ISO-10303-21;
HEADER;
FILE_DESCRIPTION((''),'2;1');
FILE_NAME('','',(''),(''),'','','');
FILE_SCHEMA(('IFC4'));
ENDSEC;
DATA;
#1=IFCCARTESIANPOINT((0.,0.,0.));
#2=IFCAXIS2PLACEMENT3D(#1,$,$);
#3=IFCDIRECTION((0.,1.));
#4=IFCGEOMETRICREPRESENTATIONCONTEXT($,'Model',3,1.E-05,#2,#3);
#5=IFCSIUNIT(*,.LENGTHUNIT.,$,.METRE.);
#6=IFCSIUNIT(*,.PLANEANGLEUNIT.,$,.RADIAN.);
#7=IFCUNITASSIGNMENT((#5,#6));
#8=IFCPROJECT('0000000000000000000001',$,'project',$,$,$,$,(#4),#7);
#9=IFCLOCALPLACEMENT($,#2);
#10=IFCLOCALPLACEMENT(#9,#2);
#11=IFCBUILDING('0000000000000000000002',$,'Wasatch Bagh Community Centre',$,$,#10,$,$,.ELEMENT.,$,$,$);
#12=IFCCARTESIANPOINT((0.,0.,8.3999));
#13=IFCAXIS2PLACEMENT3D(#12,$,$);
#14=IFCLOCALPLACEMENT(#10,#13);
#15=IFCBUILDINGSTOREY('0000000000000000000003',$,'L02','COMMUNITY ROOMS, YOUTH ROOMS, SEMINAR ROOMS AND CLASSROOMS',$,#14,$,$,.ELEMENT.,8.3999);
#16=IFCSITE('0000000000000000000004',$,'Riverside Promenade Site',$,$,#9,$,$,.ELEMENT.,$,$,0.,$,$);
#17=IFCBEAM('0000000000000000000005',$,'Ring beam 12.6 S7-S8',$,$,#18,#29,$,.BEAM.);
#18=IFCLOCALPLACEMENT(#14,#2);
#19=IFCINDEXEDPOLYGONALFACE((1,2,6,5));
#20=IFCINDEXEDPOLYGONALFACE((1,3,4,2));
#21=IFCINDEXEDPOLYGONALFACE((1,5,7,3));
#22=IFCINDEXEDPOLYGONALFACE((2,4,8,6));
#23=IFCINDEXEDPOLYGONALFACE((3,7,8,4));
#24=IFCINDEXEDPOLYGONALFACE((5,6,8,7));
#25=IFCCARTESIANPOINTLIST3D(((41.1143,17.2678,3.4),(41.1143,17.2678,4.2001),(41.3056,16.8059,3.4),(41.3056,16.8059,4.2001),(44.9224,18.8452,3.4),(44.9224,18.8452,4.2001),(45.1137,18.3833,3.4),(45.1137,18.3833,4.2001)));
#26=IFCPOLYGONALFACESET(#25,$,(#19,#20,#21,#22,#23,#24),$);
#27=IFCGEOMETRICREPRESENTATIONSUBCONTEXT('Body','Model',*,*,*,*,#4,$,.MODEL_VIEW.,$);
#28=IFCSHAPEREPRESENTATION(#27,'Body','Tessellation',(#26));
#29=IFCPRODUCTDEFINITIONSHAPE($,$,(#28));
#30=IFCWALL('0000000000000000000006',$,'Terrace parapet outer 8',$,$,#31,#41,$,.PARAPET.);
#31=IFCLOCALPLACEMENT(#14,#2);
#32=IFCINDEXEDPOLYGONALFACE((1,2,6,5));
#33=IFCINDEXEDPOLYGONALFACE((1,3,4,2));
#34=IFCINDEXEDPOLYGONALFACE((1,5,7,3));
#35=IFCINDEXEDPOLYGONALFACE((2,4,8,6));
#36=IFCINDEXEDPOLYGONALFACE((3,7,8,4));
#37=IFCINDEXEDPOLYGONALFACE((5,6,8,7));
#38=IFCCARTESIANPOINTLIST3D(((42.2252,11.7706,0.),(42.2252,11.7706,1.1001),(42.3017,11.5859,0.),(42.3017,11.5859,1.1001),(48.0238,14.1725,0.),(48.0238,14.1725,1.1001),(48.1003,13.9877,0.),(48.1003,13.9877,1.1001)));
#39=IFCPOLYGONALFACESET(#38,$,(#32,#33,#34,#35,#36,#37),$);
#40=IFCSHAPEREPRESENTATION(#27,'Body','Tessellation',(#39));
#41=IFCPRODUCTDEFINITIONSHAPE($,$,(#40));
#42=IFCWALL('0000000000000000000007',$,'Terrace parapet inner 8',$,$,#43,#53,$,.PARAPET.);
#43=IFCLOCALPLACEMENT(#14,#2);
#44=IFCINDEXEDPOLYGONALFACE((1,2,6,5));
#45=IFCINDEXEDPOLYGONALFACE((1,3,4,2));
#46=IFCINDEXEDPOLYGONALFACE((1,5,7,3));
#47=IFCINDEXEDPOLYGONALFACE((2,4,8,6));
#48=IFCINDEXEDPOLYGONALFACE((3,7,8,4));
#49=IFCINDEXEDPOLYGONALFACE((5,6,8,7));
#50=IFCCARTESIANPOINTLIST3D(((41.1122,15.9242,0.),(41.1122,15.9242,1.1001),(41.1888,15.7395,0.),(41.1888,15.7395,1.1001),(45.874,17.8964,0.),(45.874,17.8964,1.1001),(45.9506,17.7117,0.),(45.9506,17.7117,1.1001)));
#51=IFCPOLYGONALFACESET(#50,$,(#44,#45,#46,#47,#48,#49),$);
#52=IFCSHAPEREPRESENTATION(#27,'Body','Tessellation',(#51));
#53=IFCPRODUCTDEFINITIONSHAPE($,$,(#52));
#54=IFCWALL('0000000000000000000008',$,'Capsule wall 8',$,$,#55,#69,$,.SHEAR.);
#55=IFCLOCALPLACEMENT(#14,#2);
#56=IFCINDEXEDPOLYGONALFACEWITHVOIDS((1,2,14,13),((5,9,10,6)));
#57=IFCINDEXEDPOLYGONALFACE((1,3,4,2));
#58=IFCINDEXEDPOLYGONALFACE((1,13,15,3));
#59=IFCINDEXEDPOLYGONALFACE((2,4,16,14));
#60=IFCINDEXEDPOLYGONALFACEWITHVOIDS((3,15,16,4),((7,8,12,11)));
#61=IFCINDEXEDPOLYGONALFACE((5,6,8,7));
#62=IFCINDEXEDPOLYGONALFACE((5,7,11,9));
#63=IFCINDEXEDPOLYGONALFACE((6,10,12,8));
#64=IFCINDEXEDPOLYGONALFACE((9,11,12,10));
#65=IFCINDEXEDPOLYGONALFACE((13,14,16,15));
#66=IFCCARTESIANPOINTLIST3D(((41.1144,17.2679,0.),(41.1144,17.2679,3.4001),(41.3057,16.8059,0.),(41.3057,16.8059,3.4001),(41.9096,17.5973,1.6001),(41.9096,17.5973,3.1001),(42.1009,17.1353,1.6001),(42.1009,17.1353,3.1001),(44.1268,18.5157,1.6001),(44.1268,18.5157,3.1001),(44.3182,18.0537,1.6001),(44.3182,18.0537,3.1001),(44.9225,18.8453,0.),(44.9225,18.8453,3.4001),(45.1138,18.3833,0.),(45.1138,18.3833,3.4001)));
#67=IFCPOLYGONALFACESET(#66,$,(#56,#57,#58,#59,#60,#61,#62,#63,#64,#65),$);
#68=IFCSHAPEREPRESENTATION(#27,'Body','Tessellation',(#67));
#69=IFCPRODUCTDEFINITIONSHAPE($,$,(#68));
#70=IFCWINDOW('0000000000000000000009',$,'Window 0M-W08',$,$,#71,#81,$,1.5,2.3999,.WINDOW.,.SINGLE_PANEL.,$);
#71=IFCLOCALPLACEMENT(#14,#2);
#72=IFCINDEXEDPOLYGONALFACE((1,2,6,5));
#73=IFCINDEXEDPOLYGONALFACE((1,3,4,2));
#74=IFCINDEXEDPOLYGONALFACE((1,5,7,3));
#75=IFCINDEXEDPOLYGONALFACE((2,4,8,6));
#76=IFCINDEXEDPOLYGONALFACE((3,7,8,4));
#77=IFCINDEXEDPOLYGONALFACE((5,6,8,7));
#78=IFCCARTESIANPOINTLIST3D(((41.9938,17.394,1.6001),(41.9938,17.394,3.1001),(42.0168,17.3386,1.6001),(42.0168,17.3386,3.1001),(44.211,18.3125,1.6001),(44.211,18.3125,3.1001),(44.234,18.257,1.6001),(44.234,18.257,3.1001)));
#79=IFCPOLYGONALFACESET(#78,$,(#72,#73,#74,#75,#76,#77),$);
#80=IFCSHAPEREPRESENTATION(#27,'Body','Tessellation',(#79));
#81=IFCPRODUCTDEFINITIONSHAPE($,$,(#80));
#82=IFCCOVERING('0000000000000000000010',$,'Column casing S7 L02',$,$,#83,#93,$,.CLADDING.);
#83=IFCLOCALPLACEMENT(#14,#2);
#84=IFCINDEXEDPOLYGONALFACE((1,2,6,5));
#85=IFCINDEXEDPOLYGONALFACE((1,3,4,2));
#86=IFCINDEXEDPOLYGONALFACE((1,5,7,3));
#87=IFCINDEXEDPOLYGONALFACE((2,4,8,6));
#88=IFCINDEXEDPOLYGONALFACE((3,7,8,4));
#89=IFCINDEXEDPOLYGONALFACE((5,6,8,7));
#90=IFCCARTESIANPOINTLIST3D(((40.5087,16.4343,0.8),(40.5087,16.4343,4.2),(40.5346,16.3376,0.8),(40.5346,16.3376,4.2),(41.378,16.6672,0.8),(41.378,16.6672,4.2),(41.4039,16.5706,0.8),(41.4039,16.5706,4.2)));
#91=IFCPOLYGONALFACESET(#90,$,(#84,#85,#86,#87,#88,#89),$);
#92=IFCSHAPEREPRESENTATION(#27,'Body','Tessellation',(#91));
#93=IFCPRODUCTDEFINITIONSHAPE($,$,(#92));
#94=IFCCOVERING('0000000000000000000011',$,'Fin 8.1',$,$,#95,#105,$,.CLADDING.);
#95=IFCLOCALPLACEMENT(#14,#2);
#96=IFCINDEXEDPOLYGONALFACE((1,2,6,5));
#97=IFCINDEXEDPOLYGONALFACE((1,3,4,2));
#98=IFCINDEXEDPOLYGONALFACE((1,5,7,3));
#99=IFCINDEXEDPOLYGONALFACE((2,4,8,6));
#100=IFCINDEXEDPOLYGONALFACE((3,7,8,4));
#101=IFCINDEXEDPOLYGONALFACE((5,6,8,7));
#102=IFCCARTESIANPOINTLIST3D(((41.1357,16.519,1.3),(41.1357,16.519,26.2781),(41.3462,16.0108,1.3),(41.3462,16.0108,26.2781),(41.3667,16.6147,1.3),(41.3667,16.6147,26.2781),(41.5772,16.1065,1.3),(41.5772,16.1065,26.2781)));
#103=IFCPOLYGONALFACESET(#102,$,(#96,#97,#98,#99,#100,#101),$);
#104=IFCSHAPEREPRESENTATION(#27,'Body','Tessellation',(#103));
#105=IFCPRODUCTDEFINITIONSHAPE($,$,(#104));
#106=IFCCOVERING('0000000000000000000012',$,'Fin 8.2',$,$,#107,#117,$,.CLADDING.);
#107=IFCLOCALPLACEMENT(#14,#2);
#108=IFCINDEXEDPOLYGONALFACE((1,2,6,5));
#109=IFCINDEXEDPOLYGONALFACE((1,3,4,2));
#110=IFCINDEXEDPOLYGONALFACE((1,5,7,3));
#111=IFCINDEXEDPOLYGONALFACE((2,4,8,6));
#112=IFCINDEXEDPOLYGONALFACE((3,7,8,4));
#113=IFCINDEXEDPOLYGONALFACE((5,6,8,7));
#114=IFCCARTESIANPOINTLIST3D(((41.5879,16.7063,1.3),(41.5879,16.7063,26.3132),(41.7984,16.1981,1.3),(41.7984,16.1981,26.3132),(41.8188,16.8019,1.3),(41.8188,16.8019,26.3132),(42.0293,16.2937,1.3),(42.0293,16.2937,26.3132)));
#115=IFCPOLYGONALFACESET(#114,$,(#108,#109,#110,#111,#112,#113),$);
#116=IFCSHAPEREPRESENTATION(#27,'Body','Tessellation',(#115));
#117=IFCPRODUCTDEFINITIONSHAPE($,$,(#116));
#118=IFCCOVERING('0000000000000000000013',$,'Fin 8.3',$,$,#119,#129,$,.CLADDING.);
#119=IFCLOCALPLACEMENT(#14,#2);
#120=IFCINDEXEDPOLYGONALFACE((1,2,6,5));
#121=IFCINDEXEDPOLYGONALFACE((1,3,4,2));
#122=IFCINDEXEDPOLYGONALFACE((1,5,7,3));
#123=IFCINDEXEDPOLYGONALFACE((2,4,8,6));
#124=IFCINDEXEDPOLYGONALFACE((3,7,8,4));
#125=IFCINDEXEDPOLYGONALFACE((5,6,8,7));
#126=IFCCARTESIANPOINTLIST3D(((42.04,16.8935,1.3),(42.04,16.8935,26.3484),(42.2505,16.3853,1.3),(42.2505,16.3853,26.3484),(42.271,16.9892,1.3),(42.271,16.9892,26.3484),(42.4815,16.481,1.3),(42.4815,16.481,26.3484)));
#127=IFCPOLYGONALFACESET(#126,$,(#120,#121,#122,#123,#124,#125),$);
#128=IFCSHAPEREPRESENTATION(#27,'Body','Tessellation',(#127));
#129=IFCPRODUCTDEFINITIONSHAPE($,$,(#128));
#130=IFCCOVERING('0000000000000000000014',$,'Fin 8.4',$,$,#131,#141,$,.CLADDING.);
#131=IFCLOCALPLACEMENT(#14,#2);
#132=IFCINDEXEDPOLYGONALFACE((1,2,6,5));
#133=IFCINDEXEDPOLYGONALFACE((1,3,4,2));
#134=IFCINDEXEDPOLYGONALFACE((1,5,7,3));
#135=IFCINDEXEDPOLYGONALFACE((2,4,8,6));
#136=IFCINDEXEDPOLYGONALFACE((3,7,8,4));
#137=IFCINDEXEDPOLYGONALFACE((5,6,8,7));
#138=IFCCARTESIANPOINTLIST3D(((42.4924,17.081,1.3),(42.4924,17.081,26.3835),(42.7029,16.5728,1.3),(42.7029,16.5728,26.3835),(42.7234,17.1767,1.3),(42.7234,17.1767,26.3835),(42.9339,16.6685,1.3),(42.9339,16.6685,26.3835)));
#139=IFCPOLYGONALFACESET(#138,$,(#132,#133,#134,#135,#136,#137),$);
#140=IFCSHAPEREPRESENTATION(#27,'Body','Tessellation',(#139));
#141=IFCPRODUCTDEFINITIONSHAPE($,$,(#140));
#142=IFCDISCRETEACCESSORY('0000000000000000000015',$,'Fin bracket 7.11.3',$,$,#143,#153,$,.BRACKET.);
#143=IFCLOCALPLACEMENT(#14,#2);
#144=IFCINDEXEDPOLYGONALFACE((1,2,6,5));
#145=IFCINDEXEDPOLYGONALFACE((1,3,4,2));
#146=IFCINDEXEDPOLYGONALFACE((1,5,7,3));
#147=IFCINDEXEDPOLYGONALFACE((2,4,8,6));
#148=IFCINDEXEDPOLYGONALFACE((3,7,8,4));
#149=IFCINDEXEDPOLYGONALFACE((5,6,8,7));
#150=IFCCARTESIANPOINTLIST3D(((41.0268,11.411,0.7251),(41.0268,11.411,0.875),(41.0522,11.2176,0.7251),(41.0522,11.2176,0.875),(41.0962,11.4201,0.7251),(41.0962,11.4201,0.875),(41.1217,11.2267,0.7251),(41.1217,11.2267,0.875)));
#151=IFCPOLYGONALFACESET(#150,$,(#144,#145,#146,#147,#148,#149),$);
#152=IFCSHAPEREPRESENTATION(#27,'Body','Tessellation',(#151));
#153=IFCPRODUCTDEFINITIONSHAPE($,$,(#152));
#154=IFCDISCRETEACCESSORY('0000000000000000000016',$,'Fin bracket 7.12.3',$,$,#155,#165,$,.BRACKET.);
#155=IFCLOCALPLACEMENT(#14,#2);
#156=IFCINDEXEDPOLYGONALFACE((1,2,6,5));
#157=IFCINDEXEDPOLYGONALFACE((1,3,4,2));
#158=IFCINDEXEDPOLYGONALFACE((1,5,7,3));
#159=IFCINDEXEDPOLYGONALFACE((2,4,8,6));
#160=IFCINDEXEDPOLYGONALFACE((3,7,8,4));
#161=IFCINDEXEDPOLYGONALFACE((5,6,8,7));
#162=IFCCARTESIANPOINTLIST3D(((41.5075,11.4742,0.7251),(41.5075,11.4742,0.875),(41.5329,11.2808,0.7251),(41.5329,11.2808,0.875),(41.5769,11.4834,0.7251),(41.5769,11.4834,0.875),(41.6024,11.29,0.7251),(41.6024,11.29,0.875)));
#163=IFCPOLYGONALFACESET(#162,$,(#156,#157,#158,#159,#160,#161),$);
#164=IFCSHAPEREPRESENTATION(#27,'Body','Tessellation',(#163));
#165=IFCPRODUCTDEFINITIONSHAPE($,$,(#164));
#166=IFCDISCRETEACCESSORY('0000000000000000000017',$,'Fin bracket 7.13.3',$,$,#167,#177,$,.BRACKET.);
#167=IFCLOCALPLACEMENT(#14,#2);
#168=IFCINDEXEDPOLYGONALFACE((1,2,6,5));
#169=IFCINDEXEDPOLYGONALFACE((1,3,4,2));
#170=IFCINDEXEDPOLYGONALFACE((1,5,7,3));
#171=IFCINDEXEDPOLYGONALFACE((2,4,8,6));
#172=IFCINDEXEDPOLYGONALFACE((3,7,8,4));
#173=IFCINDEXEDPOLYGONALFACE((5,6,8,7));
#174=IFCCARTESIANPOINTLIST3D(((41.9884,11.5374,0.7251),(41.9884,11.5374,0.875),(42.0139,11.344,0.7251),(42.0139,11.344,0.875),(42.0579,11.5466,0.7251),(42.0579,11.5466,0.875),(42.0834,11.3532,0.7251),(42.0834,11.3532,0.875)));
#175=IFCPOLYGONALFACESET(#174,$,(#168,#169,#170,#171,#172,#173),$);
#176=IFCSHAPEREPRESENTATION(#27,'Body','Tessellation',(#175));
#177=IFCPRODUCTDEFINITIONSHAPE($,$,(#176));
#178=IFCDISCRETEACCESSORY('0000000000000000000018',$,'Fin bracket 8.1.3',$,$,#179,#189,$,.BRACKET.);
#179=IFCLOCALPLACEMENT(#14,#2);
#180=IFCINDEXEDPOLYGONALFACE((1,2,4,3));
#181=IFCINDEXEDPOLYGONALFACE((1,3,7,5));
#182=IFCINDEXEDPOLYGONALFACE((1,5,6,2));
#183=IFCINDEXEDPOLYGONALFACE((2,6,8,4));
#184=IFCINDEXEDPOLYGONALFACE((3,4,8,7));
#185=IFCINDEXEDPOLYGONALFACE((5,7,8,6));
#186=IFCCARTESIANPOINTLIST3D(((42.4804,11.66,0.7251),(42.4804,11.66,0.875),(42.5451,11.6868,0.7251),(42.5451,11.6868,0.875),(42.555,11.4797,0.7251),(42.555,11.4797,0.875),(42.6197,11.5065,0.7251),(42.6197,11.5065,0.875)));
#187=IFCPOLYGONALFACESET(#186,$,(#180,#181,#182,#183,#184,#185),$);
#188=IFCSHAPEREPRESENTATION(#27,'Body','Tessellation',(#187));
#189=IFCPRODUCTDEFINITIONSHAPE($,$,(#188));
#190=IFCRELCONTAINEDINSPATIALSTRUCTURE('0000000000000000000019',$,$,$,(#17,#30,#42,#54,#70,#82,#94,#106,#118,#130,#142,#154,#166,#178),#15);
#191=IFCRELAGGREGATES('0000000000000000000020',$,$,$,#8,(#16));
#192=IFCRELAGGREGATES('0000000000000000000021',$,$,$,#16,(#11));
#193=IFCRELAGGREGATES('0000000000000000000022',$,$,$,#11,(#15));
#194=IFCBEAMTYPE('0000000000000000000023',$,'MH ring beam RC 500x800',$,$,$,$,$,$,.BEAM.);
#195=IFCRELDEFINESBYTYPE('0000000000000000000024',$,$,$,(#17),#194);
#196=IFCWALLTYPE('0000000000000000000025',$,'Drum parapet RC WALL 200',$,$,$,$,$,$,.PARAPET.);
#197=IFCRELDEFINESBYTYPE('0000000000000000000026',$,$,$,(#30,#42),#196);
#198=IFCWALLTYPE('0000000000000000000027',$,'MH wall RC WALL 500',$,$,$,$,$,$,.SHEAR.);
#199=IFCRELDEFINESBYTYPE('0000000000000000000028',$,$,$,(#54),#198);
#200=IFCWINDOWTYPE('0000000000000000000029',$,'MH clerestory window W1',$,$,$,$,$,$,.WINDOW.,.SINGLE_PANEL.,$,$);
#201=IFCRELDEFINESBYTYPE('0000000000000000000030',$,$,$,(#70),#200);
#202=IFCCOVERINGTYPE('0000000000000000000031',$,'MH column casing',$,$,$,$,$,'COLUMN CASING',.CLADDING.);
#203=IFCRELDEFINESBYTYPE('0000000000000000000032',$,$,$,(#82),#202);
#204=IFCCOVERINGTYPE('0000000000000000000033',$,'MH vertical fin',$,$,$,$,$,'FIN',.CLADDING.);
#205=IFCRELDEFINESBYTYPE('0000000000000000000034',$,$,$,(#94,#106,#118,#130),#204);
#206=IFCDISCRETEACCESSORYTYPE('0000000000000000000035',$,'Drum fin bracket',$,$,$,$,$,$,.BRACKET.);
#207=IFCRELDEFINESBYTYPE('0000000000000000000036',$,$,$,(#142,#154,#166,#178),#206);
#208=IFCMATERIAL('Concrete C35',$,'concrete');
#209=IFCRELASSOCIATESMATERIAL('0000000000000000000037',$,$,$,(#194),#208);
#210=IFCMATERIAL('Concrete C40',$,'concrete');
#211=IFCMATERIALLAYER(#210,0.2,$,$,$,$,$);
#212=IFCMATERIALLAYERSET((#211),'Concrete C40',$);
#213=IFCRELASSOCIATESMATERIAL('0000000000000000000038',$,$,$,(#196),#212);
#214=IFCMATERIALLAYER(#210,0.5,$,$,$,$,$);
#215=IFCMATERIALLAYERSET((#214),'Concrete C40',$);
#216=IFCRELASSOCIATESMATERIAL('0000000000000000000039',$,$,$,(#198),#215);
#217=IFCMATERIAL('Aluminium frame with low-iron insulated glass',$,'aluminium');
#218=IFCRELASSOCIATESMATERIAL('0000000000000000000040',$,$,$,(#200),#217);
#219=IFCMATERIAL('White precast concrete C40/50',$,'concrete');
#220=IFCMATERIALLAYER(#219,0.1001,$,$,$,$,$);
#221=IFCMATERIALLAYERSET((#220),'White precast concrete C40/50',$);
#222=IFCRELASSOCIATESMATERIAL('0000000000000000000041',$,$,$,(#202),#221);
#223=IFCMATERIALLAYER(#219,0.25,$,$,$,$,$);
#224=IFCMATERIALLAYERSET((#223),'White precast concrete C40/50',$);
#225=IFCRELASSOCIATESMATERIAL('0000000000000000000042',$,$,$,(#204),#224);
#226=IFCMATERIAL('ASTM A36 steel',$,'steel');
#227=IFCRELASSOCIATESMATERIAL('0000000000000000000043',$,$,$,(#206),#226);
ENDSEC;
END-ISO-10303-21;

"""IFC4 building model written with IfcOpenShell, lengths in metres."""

from ifc_helpers import new_model, si_unit, direction, frame, frame_2d, origin, origin_2d, place, context, subcontext, project, spatial, rectangle, extrude, material, layer, layer_set, material_profile, profile_set, type_object, element, fill, save


model = new_model("IFC4")

# Units and contexts
model_context = context("Model", 3, precision=1e-05, world=origin(), true_north=direction((0.0, 1.0)))
body_context = subcontext(model_context, "Body", "Model", "MODEL_VIEW")
ifc_project = project(units=[si_unit("LENGTHUNIT", "METRE"), si_unit("PLANEANGLEUNIT", "RADIAN")], contexts=[model_context])

# Site, building, storey
site_placement = place(None, origin())
site = spatial("IfcSite", under=ifc_project, at=site_placement, Name="Riverside Promenade Site", CompositionType="ELEMENT", RefElevation=0.0)
building_placement = place(site_placement, origin())
building = spatial("IfcBuilding", under=site, at=building_placement, Name="Wasatch Bagh Community Centre", CompositionType="ELEMENT")
storey_placement = place(building_placement, frame((0.0, 0.0, 8.3999)))
storey = spatial("IfcBuildingStorey", under=building, at=storey_placement, Name="L02", Description="COMMUNITY ROOMS, YOUTH ROOMS, SEMINAR ROOMS AND CLASSROOMS", CompositionType="ELEMENT", Elevation=8.3999)

# Beam
ifc_material_1 = material(Name="Concrete C35", Category="concrete")
ifc_material_profile = material_profile(ifc_material_1, rectangle(XDim=0.5, YDim=0.8, at=origin_2d()), Name="RC 500x800")
ifc_profile_set = profile_set([ifc_material_profile], Name="Concrete C35")
beam_type = type_object("IfcBeamType", Name="MH ring beam RC 500x800", PredefinedType="BEAM", material=ifc_profile_set)
beam_placement = place(storey_placement, frame((41.21, 17.0369, 3.8), z_axis=(0.923878, 0.382688, 0.0), x_axis=(-0.382688, 0.923878, 0.0)))
element("IfcBeam", 1, at=beam_placement, inside=storey, type_object=beam_type, Name="Ring beam 12.6 S7-S8", PredefinedType="BEAM", context=body_context, shape_type="SweptSolid", body=[
    extrude(rectangle(XDim=0.5, YDim=0.8, at=origin_2d()), origin(), (0.0, 0.0, 1.0), 4.1218),
])

# Walls
ifc_material_2 = material(Name="Concrete C40", Category="concrete")
ifc_layer_1 = layer(ifc_material_2, 0.2)
ifc_layer_set_1 = layer_set([ifc_layer_1], Name="Concrete C40")
wall_type_1 = type_object("IfcWallType", Name="Drum parapet RC WALL 200", PredefinedType="PARAPET", material=ifc_layer_set_1)
wall_1_placement = place(storey_placement, frame((42.2634, 11.6782, 0.0), z_axis=(0.0, 0.0, 1.0), x_axis=(0.923879, 0.382684, 0.0)))
element("IfcWall", 2, at=wall_1_placement, inside=storey, type_object=wall_type_1, Name="Terrace parapet outer 8", PredefinedType="PARAPET", context=body_context, shape_type="SweptSolid", body=[
    extrude(rectangle(XDim=6.2764, YDim=0.2, at=frame_2d((3.1382, 0.0))), origin(), (0.0, 0.0, 1.0), 1.1001),
])
wall_2_placement = place(storey_placement, frame((41.1504, 15.8318, 0.0), z_axis=(0.0, 0.0, 1.0), x_axis=(0.923893, 0.38265, 0.0)))
element("IfcWall", 3, at=wall_2_placement, inside=storey, type_object=wall_type_1, Name="Terrace parapet inner 8", PredefinedType="PARAPET", context=body_context, shape_type="SweptSolid", body=[
    extrude(rectangle(XDim=5.1541, YDim=0.2, at=frame_2d((2.5771, 0.0))), origin(), (0.0, 0.0, 1.0), 1.1001),
])

# Wall, opening, window
ifc_layer_2 = layer(ifc_material_2, 0.5)
ifc_layer_set_2 = layer_set([ifc_layer_2], Name="Concrete C40")
wall_type_2 = type_object("IfcWallType", Name="MH wall RC WALL 500", PredefinedType="SHEAR", material=ifc_layer_set_2)
wall_3_placement = place(storey_placement, frame((41.21, 17.0369, 0.0), z_axis=(0.0, 0.0, 1.0), x_axis=(0.923878, 0.382688, 0.0)))
wall_3 = element("IfcWall", 4, at=wall_3_placement, inside=storey, type_object=wall_type_2, Name="Capsule wall 8", PredefinedType="SHEAR", context=body_context, shape_type="SweptSolid", body=[
    extrude(rectangle(XDim=4.1218, YDim=0.5, at=frame_2d((2.061, 0.0))), origin(), (0.0, 0.0, 1.0), 3.4001),
])
opening_placement = place(wall_3_placement, frame((0.8608, 0.0, 1.6001)))
opening = element("IfcOpeningElement", 5, at=opening_placement, cuts=wall_3, PredefinedType="OPENING", context=body_context, shape_type="SweptSolid", body=[
    extrude(rectangle(XDim=2.3999, YDim=1.5, at=frame_2d((1.2, 0.75))), frame((0.0, 0.26, 0.0), z_axis=(0.0, -1.0, 0.0), x_axis=(1.0, 0.0, 0.0)), (0.0, 0.0, 1.0), 0.52),
])
ifc_material_3 = material(Name="Aluminium frame with low-iron insulated glass", Category="aluminium")
window_type = type_object("IfcWindowType", Name="MH clerestory window W1", PartitioningType="SINGLE_PANEL", PredefinedType="WINDOW", material=ifc_material_3)
window_placement = place(opening_placement, origin())
window = element("IfcWindow", 6, at=window_placement, inside=storey, type_object=window_type, Name="Window 0M-W08", OverallHeight=1.5, OverallWidth=2.3999, PartitioningType="SINGLE_PANEL", PredefinedType="WINDOW", context=body_context, shape_type="SweptSolid", body=[
    extrude(rectangle(XDim=2.3999, YDim=1.5, at=frame_2d((1.2, 0.75))), frame((0.0, 0.03, 0.0), z_axis=(0.0, -1.0, 0.0), x_axis=(1.0, 0.0, 0.0)), (0.0, 0.0, 1.0), 0.0601),
])
fill(opening, window)

# Coverings
ifc_material_4 = material(Name="White precast concrete C40/50", Category="concrete")
ifc_layer_3 = layer(ifc_material_4, 0.1001)
ifc_layer_set_3 = layer_set([ifc_layer_3], Name="White precast concrete C40/50")
covering_type_1 = type_object("IfcCoveringType", Name="MH column casing", ElementType="COLUMN CASING", PredefinedType="CLADDING", material=ifc_layer_set_3)
covering_1_placement = place(storey_placement, frame((40.9563, 16.5024, 0.8), z_axis=(0.0, 0.0, 1.0), x_axis=(0.965926, 0.258819, 0.0)))
element("IfcCovering", 7, at=covering_1_placement, inside=storey, type_object=covering_type_1, Name="Column casing S7 L02", PredefinedType="CLADDING", context=body_context, shape_type="SweptSolid", body=[
    extrude(rectangle(XDim=0.8999, YDim=0.1001, at=origin_2d()), origin(), (0.0, 0.0, 1.0), 3.3999),
])
ifc_layer_4 = layer(ifc_material_4, 0.25)
ifc_layer_set_4 = layer_set([ifc_layer_4], Name="White precast concrete C40/50")
covering_type_2 = type_object("IfcCoveringType", Name="MH vertical fin", ElementType="FIN", PredefinedType="CLADDING", material=ifc_layer_set_4)
covering_2_placement = place(storey_placement, frame((41.3564, 16.3127, 1.3), z_axis=(0.0, 0.0, 1.0), x_axis=(0.92388, 0.382683, 0.0)))
element("IfcCovering", 8, at=covering_2_placement, inside=storey, type_object=covering_type_2, Name="Fin 8.1", PredefinedType="CLADDING", context=body_context, shape_type="SweptSolid", body=[
    extrude(rectangle(XDim=0.25, YDim=0.55, at=origin_2d()), origin(), (0.0, 0.0, 1.0), 24.978),
])
covering_3_placement = place(storey_placement, frame((41.8086, 16.5, 1.3), z_axis=(0.0, 0.0, 1.0), x_axis=(0.92388, 0.382683, 0.0)))
element("IfcCovering", 9, at=covering_3_placement, inside=storey, type_object=covering_type_2, Name="Fin 8.2", PredefinedType="CLADDING", context=body_context, shape_type="SweptSolid", body=[
    extrude(rectangle(XDim=0.25, YDim=0.55, at=origin_2d()), origin(), (0.0, 0.0, 1.0), 25.0132),
])
covering_4_placement = place(storey_placement, frame((42.2607, 16.6873, 1.3), z_axis=(0.0, 0.0, 1.0), x_axis=(0.92388, 0.382683, 0.0)))
element("IfcCovering", 10, at=covering_4_placement, inside=storey, type_object=covering_type_2, Name="Fin 8.3", PredefinedType="CLADDING", context=body_context, shape_type="SweptSolid", body=[
    extrude(rectangle(XDim=0.25, YDim=0.55, at=origin_2d()), origin(), (0.0, 0.0, 1.0), 25.0483),
])
covering_5_placement = place(storey_placement, frame((42.7131, 16.8748, 1.3), z_axis=(0.0, 0.0, 1.0), x_axis=(0.92388, 0.382683, 0.0)))
element("IfcCovering", 11, at=covering_5_placement, inside=storey, type_object=covering_type_2, Name="Fin 8.4", PredefinedType="CLADDING", context=body_context, shape_type="SweptSolid", body=[
    extrude(rectangle(XDim=0.25, YDim=0.55, at=origin_2d()), origin(), (0.0, 0.0, 1.0), 25.0835),
])

# Discrete accessories
ifc_material_5 = material(Name="ASTM A36 steel", Category="steel")
discrete_accessory_type_1 = type_object("IfcDiscreteAccessoryType", Name="Drum fin bracket", PredefinedType="BRACKET", material=ifc_material_5)
for number, where, z_axis, x_axis, name in (
    (12, (41.0742, 11.3188, 0.7251), (0.0, 0.0, 1.0), (0.991445, 0.130526, 0.0), "Fin bracket 7.11.3"),
    (13, (41.5549, 11.3821, 0.7251), (0.0, 0.0, 1.0), (0.991445, 0.130526, 0.0), "Fin bracket 7.12.3"),
    (14, (42.0359, 11.4453, 0.7251), (0.0, 0.0, 1.0), (0.991445, 0.130526, 0.0), "Fin bracket 7.13.3"),
    (15, (42.55, 11.5833, 0.7251), (0.0, 0.0, 1.0), (0.92388, 0.382683, 0.0), "Fin bracket 8.1.3"),
):
    element("IfcDiscreteAccessory", number, at=place(storey_placement, frame(where, z_axis=z_axis, x_axis=x_axis)), inside=storey, type_object=discrete_accessory_type_1, Name=name, PredefinedType="BRACKET", context=body_context, shape_type="SweptSolid", body=[
        extrude(rectangle(XDim=0.0701, YDim=0.1951, at=origin_2d()), origin(), (0.0, 0.0, 1.0), 0.1499),
    ])

save(model, "model.ifc")
